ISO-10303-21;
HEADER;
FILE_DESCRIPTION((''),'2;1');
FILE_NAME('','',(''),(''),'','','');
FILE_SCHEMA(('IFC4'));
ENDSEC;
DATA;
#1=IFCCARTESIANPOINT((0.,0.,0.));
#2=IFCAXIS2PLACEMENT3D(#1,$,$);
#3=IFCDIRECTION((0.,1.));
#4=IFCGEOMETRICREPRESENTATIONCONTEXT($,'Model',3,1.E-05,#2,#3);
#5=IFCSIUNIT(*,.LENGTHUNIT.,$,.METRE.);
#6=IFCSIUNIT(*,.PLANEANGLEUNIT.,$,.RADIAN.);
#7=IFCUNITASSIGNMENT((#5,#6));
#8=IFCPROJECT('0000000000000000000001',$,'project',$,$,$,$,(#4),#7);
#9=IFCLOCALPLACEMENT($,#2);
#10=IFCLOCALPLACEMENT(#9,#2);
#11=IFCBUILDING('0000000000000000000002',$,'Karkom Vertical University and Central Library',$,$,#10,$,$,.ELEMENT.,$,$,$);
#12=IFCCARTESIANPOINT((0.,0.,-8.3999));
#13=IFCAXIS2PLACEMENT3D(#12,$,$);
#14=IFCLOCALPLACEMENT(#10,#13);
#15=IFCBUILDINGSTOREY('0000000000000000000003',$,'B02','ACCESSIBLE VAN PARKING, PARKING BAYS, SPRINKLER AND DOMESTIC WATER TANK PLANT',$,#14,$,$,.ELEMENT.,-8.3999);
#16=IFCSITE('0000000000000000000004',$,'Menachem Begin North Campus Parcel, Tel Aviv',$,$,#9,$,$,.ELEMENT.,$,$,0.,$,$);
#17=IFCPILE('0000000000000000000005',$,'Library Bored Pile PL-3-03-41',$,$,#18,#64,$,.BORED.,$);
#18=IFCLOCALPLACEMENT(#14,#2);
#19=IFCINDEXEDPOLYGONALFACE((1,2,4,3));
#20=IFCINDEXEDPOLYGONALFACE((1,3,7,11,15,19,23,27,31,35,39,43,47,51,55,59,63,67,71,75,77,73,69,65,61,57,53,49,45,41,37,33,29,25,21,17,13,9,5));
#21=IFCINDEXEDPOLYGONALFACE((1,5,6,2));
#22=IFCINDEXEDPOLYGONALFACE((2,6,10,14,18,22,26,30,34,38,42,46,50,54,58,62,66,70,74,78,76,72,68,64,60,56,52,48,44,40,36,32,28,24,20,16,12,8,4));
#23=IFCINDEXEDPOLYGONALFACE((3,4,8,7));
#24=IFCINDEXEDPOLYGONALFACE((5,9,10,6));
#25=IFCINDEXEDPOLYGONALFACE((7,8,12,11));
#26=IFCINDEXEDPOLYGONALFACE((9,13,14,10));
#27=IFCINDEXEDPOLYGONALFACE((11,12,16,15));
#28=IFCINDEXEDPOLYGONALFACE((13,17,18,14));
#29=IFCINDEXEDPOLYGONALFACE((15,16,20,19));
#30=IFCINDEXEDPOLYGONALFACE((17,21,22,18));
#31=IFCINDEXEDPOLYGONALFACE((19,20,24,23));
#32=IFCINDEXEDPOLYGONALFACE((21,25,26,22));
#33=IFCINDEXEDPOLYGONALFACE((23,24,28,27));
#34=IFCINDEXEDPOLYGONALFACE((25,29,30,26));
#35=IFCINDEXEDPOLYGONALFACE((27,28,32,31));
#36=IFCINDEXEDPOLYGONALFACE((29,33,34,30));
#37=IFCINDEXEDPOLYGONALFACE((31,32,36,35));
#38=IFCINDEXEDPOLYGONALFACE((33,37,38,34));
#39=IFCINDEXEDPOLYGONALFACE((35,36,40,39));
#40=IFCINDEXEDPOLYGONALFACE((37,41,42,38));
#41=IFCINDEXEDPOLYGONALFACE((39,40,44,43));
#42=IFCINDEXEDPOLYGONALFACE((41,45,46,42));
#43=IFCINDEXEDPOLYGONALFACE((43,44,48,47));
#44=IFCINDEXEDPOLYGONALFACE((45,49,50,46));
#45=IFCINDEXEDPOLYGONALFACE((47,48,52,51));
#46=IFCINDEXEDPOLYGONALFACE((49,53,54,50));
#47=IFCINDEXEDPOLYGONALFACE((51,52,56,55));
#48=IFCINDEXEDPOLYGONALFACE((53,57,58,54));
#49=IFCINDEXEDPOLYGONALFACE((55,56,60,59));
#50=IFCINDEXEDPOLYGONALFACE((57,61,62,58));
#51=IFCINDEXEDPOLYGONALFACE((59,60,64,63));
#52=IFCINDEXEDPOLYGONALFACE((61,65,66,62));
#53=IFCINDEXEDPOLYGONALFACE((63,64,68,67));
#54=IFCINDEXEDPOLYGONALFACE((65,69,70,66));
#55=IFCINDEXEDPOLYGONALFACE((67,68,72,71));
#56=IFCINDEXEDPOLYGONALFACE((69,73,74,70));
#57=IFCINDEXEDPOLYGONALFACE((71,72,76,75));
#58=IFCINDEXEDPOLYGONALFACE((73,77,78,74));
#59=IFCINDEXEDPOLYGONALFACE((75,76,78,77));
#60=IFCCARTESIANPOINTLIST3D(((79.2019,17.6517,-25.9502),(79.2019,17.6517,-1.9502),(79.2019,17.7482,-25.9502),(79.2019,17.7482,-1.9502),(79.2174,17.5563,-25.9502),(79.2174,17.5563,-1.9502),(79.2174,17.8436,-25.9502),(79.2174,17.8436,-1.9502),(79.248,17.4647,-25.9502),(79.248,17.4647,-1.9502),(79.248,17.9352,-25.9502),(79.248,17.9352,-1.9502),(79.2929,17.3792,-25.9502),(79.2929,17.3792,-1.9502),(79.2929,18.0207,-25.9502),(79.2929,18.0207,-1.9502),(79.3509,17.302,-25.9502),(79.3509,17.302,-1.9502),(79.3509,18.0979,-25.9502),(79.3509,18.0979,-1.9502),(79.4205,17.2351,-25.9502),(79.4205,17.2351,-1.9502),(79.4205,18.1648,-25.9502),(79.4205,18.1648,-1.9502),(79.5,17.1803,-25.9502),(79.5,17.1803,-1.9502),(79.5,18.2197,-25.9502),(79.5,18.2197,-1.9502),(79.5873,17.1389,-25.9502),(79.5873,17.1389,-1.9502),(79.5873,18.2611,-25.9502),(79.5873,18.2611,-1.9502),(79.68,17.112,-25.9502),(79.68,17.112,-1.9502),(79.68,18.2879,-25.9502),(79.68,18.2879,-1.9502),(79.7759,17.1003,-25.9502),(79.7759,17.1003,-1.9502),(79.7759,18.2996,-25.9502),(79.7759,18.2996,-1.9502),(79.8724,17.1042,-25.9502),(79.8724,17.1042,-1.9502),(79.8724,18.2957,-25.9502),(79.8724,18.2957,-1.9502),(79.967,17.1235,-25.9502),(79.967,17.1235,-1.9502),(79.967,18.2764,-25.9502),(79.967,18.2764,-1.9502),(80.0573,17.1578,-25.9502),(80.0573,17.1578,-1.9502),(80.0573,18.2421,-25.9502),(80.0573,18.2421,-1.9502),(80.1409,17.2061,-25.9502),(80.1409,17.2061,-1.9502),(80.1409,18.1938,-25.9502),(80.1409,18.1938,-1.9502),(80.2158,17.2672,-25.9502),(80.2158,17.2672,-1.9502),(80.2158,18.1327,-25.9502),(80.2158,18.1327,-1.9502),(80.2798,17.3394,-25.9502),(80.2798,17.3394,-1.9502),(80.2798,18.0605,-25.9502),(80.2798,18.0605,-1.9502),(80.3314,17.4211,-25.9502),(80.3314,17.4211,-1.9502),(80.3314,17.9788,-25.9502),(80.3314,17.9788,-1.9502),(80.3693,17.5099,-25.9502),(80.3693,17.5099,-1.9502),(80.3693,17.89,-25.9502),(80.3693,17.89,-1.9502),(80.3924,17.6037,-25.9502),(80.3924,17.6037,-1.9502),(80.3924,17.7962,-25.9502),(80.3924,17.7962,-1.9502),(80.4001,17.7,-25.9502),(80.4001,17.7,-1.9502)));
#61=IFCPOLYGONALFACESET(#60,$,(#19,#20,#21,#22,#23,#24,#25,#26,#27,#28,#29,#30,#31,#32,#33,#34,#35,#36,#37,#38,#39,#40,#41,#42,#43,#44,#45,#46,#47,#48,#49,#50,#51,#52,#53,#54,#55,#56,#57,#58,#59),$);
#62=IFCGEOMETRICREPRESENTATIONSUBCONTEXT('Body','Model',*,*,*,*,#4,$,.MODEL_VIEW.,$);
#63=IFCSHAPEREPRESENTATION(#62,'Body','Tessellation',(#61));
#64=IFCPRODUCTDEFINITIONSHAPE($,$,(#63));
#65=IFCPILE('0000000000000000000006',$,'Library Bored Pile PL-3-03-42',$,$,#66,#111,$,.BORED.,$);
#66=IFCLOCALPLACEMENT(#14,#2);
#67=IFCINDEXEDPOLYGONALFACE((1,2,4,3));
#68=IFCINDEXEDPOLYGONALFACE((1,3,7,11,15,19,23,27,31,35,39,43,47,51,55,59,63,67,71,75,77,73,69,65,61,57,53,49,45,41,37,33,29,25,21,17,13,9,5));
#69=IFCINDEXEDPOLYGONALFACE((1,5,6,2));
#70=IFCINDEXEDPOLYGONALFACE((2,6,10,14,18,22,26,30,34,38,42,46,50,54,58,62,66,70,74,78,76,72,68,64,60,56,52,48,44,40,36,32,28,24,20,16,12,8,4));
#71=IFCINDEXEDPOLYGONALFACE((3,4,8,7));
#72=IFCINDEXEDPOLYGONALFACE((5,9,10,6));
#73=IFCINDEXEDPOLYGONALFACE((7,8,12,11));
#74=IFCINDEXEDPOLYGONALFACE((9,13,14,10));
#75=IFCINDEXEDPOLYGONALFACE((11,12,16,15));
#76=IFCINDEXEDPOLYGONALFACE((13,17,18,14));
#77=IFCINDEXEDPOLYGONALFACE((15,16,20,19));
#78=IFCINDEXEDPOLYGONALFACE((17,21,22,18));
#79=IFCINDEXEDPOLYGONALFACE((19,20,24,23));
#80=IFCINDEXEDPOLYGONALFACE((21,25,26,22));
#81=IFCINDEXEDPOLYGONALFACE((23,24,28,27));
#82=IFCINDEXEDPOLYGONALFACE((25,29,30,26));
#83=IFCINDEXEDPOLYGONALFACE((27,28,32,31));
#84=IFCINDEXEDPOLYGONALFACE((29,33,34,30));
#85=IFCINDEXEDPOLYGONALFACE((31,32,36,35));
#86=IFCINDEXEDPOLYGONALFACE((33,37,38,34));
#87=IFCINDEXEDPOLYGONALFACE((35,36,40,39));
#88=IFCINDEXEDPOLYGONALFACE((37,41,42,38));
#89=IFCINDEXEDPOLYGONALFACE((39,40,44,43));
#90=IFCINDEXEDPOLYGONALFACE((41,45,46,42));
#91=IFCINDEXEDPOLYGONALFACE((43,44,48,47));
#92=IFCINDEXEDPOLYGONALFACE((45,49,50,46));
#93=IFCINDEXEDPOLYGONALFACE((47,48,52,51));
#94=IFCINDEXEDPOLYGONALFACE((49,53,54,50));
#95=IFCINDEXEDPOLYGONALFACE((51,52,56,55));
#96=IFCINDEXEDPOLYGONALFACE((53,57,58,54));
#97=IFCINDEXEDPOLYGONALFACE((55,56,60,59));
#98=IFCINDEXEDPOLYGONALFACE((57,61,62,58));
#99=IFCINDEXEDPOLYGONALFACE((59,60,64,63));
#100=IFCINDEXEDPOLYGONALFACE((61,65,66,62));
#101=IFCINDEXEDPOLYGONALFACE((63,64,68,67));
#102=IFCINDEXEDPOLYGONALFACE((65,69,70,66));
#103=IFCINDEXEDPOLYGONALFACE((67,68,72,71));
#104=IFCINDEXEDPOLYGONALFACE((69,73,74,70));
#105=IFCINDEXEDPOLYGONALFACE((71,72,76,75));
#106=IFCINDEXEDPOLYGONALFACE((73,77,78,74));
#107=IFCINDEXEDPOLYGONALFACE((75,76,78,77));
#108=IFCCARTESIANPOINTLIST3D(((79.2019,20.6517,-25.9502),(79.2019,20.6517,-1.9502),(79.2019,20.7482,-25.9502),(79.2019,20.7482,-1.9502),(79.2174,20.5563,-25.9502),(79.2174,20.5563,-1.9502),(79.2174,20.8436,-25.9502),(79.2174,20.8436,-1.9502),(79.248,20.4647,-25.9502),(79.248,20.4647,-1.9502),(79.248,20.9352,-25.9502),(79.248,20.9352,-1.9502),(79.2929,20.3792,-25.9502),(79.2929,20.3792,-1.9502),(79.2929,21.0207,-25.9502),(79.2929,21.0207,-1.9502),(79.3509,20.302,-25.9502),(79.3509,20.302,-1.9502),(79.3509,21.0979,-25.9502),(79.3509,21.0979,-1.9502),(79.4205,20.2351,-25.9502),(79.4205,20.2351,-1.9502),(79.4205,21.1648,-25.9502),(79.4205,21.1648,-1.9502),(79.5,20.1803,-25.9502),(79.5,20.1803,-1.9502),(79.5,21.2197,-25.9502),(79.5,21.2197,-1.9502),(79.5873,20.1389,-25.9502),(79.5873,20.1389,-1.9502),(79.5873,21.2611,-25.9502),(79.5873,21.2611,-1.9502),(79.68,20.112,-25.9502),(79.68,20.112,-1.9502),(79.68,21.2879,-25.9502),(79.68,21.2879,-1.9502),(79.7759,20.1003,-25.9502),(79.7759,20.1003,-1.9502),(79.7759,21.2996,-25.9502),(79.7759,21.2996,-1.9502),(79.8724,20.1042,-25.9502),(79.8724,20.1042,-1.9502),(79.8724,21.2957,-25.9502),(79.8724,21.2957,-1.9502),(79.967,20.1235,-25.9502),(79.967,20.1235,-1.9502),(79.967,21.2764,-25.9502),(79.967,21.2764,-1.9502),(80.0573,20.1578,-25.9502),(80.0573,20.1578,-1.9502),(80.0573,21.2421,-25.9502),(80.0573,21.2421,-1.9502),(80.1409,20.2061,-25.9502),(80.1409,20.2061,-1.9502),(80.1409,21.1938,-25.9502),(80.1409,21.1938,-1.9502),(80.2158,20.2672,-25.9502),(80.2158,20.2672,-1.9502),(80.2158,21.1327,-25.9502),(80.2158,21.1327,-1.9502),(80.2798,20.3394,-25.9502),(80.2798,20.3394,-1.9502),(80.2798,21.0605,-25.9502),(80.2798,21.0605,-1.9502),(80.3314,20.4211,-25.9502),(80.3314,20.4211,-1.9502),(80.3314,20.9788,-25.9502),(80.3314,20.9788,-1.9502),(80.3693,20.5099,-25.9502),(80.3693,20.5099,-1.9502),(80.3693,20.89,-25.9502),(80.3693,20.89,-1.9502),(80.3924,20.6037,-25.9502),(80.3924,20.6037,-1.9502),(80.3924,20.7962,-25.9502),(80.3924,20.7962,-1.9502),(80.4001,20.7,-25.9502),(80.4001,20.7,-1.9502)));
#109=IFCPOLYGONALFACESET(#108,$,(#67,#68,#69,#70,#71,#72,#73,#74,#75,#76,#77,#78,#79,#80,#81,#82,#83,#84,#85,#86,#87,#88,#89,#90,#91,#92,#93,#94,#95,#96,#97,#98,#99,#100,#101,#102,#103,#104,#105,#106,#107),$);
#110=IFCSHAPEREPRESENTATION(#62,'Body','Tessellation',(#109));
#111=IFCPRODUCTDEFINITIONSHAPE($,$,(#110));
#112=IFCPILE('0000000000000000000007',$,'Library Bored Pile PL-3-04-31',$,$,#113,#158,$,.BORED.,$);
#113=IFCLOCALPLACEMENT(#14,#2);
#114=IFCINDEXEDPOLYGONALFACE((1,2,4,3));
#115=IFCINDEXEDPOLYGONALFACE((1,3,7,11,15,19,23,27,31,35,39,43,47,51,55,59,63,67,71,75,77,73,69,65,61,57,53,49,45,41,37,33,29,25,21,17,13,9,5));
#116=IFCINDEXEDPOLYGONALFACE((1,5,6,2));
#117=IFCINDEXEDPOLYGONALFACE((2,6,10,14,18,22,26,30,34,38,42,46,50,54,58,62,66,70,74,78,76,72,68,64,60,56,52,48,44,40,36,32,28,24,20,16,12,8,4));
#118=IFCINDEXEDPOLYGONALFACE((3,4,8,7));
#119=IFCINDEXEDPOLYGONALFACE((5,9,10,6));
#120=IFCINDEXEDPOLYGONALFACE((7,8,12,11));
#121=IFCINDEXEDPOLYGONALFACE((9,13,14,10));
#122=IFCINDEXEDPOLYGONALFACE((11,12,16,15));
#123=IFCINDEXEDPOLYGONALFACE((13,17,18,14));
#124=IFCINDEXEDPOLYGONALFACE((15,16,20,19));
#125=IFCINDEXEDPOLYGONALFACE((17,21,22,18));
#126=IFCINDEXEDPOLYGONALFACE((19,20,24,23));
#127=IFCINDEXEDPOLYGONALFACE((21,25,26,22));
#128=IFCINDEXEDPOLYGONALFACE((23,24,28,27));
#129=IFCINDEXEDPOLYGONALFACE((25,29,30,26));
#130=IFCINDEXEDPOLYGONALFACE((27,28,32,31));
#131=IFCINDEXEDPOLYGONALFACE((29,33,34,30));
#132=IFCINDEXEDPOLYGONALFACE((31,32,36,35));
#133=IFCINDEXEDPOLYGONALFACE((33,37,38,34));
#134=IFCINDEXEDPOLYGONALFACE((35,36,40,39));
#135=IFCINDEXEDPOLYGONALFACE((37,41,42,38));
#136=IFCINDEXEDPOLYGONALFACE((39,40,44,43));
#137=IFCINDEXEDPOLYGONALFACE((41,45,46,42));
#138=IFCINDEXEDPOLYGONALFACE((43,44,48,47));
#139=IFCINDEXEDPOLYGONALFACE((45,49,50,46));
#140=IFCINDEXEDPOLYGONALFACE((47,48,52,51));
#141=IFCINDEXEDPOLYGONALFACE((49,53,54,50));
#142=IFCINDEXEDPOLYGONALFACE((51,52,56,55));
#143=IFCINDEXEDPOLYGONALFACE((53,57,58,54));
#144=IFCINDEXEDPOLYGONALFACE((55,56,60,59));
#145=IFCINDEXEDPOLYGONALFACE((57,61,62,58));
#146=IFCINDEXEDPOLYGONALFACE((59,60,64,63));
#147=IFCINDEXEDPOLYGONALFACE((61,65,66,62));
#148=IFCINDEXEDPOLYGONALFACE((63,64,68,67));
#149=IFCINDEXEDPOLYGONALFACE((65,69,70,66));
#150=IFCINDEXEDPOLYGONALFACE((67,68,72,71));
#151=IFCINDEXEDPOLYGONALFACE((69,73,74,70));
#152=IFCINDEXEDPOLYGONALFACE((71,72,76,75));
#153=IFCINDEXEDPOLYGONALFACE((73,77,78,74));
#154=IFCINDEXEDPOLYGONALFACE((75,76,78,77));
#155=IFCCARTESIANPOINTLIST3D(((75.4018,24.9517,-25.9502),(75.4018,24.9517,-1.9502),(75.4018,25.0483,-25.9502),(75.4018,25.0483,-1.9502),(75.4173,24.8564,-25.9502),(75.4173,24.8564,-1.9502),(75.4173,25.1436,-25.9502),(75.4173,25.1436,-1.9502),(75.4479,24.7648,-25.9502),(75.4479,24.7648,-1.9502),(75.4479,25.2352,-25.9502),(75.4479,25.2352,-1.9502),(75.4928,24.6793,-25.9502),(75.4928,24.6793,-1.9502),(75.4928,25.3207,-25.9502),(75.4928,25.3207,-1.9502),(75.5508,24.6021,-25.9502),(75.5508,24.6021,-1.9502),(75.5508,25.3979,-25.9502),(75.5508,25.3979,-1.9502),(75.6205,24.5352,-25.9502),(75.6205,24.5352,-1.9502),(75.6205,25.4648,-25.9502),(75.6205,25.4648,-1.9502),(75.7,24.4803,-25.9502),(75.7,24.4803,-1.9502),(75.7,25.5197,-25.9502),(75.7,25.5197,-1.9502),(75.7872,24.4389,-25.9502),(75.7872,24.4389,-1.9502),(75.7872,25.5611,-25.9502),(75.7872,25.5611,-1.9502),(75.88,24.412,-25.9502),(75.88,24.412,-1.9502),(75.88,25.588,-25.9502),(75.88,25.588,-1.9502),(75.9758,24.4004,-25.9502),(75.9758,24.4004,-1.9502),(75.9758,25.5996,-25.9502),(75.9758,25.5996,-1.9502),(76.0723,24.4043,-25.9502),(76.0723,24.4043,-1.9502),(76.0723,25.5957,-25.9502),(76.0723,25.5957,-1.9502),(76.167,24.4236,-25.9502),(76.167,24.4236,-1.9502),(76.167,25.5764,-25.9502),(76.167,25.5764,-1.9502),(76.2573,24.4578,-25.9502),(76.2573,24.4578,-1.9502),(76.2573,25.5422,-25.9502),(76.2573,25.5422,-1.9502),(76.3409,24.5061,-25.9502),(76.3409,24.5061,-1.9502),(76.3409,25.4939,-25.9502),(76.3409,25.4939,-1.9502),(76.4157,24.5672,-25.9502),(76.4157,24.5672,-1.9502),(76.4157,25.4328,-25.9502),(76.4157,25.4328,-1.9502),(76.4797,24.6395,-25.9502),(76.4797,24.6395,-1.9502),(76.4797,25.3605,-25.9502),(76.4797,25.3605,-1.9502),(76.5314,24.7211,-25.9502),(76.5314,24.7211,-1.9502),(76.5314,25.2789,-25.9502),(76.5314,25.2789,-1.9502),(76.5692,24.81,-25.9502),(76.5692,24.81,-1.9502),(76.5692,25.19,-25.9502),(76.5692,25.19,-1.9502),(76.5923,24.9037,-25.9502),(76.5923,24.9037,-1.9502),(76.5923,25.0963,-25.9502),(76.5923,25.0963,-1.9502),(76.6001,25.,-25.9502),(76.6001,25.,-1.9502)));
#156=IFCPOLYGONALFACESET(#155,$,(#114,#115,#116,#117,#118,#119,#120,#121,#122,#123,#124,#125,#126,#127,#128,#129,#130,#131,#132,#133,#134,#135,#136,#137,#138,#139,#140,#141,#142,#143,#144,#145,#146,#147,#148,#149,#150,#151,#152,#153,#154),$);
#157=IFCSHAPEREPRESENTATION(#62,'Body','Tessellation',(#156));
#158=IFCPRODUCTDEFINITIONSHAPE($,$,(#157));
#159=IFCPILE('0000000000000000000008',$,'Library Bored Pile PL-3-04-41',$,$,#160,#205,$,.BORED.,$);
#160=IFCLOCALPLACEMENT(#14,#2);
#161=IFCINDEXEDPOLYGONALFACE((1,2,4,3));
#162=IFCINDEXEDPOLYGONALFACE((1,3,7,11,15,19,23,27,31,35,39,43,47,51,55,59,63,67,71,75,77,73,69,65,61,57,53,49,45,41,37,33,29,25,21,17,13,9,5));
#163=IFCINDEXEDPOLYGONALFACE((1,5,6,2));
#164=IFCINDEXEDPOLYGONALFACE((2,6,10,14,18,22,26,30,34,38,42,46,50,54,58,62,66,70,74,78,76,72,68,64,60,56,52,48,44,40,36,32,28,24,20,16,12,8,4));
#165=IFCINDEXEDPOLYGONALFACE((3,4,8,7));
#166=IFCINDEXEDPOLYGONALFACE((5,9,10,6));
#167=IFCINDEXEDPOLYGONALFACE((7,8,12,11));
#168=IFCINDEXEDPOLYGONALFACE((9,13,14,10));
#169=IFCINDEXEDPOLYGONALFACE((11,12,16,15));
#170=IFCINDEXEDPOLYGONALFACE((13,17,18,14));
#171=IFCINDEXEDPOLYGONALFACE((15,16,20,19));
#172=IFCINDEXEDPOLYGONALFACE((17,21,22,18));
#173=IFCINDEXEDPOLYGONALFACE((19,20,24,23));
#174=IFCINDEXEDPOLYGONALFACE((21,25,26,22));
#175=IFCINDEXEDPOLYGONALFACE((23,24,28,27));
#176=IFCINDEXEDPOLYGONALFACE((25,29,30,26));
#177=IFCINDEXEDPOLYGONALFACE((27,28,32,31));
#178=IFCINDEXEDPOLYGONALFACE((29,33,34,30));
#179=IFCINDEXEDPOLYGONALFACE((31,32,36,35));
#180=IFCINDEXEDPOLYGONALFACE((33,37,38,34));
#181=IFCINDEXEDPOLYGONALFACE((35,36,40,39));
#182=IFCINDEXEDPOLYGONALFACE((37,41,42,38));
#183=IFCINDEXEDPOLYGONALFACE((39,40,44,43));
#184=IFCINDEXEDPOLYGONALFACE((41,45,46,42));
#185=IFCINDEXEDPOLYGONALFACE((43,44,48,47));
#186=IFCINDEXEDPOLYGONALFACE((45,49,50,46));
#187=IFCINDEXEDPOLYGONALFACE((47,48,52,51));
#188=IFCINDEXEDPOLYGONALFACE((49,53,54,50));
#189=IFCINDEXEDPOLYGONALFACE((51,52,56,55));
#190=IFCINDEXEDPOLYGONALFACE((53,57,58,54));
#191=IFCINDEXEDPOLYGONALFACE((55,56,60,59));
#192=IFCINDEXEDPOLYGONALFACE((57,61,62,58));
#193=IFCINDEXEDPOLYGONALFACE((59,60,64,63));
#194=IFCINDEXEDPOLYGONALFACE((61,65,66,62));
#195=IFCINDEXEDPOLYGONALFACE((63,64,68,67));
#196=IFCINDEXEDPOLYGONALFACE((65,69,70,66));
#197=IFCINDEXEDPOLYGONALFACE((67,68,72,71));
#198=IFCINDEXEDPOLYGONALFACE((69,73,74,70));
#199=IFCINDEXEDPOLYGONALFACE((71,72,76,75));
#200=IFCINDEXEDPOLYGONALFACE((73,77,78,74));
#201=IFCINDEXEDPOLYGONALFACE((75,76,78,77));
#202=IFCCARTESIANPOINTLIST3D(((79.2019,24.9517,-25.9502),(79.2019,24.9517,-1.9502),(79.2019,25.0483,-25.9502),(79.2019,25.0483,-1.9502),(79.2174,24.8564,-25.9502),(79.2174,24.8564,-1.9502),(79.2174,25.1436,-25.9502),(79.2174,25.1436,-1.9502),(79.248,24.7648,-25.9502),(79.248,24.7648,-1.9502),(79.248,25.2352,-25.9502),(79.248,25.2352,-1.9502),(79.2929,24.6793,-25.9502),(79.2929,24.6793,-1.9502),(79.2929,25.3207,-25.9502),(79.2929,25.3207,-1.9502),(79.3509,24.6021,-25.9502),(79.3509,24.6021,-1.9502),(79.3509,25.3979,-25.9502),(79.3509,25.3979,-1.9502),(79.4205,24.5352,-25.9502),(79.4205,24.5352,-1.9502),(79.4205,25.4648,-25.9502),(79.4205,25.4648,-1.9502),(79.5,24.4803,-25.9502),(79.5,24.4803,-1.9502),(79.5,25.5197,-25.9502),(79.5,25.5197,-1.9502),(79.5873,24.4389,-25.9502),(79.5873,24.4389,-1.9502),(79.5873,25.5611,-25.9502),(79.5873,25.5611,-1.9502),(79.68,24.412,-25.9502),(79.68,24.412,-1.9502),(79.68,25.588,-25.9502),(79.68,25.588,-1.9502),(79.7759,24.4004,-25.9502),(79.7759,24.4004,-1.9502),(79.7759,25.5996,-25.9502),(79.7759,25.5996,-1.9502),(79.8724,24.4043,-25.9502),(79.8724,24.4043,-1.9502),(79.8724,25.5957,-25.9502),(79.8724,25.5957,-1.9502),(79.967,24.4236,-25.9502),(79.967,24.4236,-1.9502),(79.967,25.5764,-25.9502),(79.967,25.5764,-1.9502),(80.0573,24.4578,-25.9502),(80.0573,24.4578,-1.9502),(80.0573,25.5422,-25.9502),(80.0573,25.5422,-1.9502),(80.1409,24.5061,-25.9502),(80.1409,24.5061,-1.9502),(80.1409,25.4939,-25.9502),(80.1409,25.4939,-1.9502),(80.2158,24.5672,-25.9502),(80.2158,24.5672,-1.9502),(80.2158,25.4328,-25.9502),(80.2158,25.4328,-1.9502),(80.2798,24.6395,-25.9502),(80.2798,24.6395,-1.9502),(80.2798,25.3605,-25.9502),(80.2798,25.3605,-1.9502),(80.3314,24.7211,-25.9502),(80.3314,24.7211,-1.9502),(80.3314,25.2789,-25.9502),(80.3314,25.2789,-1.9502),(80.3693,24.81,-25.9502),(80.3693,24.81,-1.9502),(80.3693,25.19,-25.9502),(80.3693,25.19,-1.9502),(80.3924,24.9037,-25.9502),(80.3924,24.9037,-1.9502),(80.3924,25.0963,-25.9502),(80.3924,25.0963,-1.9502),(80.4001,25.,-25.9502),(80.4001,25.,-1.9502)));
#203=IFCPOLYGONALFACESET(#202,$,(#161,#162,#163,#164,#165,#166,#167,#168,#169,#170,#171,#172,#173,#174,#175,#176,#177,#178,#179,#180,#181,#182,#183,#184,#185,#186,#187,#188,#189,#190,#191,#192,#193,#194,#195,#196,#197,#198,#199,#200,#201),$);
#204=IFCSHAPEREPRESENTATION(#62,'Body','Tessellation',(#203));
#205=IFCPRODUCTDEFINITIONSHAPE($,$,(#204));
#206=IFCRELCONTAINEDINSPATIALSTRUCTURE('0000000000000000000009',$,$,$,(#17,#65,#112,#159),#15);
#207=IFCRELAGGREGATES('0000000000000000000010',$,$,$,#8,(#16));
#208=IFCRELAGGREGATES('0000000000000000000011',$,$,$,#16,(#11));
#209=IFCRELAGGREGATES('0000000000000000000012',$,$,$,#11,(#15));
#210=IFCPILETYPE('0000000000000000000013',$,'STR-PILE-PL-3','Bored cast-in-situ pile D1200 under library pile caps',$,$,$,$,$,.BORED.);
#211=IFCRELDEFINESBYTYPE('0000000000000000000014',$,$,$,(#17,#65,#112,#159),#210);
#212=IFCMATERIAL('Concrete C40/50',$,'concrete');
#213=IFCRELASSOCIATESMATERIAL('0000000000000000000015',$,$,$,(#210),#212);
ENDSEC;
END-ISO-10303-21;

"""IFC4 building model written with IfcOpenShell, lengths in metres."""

from ifc_helpers import new_model, si_unit, direction, frame, origin, origin_with_axes, origin_2d, place, context, subcontext, project, spatial, circle, extrude, source, transform, mapped, material, material_profile, profile_set, type_object, element, save


model = new_model("IFC4")

# Units and contexts
model_context = context("Model", 3, precision=1e-05, world=origin(), true_north=direction((0.0, 1.0)))
body_context = subcontext(model_context, "Body", "Model", "MODEL_VIEW")
ifc_project = project(units=[si_unit("LENGTHUNIT", "METRE"), si_unit("PLANEANGLEUNIT", "RADIAN")], contexts=[model_context])

# Site, building, storey
site_placement = place(None, origin())
site = spatial("IfcSite", under=ifc_project, at=site_placement, Name="Menachem Begin North Campus Parcel, Tel Aviv", CompositionType="ELEMENT", RefElevation=0.0)
building_placement = place(site_placement, origin())
building = spatial("IfcBuilding", under=site, at=building_placement, Name="Karkom Vertical University and Central Library", CompositionType="ELEMENT")
storey_placement = place(building_placement, frame((0.0, 0.0, -8.3999)))
storey = spatial("IfcBuildingStorey", under=building, at=storey_placement, Name="B02", Description="ACCESSIBLE VAN PARKING, PARKING BAYS, SPRINKLER AND DOMESTIC WATER TANK PLANT", CompositionType="ELEMENT", Elevation=-8.3999)

# Piles
ifc_material_1 = material(Name="Concrete C40/50", Category="concrete")
ifc_material_profile_1 = material_profile(ifc_material_1, circle(Radius=0.6001, at=origin_2d()), Name="PILE-D1200")
ifc_profile_set_1 = profile_set([ifc_material_profile_1], Name="Concrete C40/50")
pile_type = type_object("IfcPileType", Name="STR-PILE-PL-3", Description="Bored cast-in-situ pile D1200 under library pile caps", PredefinedType="BORED", material=ifc_profile_set_1)
shared_shape_1 = source(origin_with_axes(), body_context, "Body", "SweptSolid", [
    extrude(circle(Radius=0.6001, at=origin_2d()), origin(), (0.0, 0.0, 1.0), 24.0),
])
for number, where, z_axis, x_axis, name in (
    (1, (79.8, 17.7, -1.9502), (0.0, 0.0, -1.0), (1.0, 0.0, 0.0), "Library Bored Pile PL-3-03-41"),
    (2, (79.8, 20.7, -1.9502), (0.0, 0.0, -1.0), (1.0, 0.0, 0.0), "Library Bored Pile PL-3-03-42"),
    (3, (76.0, 25.0, -1.9502), (0.0, 0.0, -1.0), (1.0, 0.0, 0.0), "Library Bored Pile PL-3-04-31"),
    (4, (79.8, 25.0, -1.9502), (0.0, 0.0, -1.0), (1.0, 0.0, 0.0), "Library Bored Pile PL-3-04-41"),
):
    element("IfcPile", number, at=place(storey_placement, frame(where, z_axis=z_axis, x_axis=x_axis)), inside=storey, type_object=pile_type, Name=name, PredefinedType="BORED", context=body_context, shape_type="MappedRepresentation", body=[
        mapped(shared_shape_1, transform((0.0, 0.0, 0.0), scale=1.0)),
    ])

save(model, "model.ifc")
